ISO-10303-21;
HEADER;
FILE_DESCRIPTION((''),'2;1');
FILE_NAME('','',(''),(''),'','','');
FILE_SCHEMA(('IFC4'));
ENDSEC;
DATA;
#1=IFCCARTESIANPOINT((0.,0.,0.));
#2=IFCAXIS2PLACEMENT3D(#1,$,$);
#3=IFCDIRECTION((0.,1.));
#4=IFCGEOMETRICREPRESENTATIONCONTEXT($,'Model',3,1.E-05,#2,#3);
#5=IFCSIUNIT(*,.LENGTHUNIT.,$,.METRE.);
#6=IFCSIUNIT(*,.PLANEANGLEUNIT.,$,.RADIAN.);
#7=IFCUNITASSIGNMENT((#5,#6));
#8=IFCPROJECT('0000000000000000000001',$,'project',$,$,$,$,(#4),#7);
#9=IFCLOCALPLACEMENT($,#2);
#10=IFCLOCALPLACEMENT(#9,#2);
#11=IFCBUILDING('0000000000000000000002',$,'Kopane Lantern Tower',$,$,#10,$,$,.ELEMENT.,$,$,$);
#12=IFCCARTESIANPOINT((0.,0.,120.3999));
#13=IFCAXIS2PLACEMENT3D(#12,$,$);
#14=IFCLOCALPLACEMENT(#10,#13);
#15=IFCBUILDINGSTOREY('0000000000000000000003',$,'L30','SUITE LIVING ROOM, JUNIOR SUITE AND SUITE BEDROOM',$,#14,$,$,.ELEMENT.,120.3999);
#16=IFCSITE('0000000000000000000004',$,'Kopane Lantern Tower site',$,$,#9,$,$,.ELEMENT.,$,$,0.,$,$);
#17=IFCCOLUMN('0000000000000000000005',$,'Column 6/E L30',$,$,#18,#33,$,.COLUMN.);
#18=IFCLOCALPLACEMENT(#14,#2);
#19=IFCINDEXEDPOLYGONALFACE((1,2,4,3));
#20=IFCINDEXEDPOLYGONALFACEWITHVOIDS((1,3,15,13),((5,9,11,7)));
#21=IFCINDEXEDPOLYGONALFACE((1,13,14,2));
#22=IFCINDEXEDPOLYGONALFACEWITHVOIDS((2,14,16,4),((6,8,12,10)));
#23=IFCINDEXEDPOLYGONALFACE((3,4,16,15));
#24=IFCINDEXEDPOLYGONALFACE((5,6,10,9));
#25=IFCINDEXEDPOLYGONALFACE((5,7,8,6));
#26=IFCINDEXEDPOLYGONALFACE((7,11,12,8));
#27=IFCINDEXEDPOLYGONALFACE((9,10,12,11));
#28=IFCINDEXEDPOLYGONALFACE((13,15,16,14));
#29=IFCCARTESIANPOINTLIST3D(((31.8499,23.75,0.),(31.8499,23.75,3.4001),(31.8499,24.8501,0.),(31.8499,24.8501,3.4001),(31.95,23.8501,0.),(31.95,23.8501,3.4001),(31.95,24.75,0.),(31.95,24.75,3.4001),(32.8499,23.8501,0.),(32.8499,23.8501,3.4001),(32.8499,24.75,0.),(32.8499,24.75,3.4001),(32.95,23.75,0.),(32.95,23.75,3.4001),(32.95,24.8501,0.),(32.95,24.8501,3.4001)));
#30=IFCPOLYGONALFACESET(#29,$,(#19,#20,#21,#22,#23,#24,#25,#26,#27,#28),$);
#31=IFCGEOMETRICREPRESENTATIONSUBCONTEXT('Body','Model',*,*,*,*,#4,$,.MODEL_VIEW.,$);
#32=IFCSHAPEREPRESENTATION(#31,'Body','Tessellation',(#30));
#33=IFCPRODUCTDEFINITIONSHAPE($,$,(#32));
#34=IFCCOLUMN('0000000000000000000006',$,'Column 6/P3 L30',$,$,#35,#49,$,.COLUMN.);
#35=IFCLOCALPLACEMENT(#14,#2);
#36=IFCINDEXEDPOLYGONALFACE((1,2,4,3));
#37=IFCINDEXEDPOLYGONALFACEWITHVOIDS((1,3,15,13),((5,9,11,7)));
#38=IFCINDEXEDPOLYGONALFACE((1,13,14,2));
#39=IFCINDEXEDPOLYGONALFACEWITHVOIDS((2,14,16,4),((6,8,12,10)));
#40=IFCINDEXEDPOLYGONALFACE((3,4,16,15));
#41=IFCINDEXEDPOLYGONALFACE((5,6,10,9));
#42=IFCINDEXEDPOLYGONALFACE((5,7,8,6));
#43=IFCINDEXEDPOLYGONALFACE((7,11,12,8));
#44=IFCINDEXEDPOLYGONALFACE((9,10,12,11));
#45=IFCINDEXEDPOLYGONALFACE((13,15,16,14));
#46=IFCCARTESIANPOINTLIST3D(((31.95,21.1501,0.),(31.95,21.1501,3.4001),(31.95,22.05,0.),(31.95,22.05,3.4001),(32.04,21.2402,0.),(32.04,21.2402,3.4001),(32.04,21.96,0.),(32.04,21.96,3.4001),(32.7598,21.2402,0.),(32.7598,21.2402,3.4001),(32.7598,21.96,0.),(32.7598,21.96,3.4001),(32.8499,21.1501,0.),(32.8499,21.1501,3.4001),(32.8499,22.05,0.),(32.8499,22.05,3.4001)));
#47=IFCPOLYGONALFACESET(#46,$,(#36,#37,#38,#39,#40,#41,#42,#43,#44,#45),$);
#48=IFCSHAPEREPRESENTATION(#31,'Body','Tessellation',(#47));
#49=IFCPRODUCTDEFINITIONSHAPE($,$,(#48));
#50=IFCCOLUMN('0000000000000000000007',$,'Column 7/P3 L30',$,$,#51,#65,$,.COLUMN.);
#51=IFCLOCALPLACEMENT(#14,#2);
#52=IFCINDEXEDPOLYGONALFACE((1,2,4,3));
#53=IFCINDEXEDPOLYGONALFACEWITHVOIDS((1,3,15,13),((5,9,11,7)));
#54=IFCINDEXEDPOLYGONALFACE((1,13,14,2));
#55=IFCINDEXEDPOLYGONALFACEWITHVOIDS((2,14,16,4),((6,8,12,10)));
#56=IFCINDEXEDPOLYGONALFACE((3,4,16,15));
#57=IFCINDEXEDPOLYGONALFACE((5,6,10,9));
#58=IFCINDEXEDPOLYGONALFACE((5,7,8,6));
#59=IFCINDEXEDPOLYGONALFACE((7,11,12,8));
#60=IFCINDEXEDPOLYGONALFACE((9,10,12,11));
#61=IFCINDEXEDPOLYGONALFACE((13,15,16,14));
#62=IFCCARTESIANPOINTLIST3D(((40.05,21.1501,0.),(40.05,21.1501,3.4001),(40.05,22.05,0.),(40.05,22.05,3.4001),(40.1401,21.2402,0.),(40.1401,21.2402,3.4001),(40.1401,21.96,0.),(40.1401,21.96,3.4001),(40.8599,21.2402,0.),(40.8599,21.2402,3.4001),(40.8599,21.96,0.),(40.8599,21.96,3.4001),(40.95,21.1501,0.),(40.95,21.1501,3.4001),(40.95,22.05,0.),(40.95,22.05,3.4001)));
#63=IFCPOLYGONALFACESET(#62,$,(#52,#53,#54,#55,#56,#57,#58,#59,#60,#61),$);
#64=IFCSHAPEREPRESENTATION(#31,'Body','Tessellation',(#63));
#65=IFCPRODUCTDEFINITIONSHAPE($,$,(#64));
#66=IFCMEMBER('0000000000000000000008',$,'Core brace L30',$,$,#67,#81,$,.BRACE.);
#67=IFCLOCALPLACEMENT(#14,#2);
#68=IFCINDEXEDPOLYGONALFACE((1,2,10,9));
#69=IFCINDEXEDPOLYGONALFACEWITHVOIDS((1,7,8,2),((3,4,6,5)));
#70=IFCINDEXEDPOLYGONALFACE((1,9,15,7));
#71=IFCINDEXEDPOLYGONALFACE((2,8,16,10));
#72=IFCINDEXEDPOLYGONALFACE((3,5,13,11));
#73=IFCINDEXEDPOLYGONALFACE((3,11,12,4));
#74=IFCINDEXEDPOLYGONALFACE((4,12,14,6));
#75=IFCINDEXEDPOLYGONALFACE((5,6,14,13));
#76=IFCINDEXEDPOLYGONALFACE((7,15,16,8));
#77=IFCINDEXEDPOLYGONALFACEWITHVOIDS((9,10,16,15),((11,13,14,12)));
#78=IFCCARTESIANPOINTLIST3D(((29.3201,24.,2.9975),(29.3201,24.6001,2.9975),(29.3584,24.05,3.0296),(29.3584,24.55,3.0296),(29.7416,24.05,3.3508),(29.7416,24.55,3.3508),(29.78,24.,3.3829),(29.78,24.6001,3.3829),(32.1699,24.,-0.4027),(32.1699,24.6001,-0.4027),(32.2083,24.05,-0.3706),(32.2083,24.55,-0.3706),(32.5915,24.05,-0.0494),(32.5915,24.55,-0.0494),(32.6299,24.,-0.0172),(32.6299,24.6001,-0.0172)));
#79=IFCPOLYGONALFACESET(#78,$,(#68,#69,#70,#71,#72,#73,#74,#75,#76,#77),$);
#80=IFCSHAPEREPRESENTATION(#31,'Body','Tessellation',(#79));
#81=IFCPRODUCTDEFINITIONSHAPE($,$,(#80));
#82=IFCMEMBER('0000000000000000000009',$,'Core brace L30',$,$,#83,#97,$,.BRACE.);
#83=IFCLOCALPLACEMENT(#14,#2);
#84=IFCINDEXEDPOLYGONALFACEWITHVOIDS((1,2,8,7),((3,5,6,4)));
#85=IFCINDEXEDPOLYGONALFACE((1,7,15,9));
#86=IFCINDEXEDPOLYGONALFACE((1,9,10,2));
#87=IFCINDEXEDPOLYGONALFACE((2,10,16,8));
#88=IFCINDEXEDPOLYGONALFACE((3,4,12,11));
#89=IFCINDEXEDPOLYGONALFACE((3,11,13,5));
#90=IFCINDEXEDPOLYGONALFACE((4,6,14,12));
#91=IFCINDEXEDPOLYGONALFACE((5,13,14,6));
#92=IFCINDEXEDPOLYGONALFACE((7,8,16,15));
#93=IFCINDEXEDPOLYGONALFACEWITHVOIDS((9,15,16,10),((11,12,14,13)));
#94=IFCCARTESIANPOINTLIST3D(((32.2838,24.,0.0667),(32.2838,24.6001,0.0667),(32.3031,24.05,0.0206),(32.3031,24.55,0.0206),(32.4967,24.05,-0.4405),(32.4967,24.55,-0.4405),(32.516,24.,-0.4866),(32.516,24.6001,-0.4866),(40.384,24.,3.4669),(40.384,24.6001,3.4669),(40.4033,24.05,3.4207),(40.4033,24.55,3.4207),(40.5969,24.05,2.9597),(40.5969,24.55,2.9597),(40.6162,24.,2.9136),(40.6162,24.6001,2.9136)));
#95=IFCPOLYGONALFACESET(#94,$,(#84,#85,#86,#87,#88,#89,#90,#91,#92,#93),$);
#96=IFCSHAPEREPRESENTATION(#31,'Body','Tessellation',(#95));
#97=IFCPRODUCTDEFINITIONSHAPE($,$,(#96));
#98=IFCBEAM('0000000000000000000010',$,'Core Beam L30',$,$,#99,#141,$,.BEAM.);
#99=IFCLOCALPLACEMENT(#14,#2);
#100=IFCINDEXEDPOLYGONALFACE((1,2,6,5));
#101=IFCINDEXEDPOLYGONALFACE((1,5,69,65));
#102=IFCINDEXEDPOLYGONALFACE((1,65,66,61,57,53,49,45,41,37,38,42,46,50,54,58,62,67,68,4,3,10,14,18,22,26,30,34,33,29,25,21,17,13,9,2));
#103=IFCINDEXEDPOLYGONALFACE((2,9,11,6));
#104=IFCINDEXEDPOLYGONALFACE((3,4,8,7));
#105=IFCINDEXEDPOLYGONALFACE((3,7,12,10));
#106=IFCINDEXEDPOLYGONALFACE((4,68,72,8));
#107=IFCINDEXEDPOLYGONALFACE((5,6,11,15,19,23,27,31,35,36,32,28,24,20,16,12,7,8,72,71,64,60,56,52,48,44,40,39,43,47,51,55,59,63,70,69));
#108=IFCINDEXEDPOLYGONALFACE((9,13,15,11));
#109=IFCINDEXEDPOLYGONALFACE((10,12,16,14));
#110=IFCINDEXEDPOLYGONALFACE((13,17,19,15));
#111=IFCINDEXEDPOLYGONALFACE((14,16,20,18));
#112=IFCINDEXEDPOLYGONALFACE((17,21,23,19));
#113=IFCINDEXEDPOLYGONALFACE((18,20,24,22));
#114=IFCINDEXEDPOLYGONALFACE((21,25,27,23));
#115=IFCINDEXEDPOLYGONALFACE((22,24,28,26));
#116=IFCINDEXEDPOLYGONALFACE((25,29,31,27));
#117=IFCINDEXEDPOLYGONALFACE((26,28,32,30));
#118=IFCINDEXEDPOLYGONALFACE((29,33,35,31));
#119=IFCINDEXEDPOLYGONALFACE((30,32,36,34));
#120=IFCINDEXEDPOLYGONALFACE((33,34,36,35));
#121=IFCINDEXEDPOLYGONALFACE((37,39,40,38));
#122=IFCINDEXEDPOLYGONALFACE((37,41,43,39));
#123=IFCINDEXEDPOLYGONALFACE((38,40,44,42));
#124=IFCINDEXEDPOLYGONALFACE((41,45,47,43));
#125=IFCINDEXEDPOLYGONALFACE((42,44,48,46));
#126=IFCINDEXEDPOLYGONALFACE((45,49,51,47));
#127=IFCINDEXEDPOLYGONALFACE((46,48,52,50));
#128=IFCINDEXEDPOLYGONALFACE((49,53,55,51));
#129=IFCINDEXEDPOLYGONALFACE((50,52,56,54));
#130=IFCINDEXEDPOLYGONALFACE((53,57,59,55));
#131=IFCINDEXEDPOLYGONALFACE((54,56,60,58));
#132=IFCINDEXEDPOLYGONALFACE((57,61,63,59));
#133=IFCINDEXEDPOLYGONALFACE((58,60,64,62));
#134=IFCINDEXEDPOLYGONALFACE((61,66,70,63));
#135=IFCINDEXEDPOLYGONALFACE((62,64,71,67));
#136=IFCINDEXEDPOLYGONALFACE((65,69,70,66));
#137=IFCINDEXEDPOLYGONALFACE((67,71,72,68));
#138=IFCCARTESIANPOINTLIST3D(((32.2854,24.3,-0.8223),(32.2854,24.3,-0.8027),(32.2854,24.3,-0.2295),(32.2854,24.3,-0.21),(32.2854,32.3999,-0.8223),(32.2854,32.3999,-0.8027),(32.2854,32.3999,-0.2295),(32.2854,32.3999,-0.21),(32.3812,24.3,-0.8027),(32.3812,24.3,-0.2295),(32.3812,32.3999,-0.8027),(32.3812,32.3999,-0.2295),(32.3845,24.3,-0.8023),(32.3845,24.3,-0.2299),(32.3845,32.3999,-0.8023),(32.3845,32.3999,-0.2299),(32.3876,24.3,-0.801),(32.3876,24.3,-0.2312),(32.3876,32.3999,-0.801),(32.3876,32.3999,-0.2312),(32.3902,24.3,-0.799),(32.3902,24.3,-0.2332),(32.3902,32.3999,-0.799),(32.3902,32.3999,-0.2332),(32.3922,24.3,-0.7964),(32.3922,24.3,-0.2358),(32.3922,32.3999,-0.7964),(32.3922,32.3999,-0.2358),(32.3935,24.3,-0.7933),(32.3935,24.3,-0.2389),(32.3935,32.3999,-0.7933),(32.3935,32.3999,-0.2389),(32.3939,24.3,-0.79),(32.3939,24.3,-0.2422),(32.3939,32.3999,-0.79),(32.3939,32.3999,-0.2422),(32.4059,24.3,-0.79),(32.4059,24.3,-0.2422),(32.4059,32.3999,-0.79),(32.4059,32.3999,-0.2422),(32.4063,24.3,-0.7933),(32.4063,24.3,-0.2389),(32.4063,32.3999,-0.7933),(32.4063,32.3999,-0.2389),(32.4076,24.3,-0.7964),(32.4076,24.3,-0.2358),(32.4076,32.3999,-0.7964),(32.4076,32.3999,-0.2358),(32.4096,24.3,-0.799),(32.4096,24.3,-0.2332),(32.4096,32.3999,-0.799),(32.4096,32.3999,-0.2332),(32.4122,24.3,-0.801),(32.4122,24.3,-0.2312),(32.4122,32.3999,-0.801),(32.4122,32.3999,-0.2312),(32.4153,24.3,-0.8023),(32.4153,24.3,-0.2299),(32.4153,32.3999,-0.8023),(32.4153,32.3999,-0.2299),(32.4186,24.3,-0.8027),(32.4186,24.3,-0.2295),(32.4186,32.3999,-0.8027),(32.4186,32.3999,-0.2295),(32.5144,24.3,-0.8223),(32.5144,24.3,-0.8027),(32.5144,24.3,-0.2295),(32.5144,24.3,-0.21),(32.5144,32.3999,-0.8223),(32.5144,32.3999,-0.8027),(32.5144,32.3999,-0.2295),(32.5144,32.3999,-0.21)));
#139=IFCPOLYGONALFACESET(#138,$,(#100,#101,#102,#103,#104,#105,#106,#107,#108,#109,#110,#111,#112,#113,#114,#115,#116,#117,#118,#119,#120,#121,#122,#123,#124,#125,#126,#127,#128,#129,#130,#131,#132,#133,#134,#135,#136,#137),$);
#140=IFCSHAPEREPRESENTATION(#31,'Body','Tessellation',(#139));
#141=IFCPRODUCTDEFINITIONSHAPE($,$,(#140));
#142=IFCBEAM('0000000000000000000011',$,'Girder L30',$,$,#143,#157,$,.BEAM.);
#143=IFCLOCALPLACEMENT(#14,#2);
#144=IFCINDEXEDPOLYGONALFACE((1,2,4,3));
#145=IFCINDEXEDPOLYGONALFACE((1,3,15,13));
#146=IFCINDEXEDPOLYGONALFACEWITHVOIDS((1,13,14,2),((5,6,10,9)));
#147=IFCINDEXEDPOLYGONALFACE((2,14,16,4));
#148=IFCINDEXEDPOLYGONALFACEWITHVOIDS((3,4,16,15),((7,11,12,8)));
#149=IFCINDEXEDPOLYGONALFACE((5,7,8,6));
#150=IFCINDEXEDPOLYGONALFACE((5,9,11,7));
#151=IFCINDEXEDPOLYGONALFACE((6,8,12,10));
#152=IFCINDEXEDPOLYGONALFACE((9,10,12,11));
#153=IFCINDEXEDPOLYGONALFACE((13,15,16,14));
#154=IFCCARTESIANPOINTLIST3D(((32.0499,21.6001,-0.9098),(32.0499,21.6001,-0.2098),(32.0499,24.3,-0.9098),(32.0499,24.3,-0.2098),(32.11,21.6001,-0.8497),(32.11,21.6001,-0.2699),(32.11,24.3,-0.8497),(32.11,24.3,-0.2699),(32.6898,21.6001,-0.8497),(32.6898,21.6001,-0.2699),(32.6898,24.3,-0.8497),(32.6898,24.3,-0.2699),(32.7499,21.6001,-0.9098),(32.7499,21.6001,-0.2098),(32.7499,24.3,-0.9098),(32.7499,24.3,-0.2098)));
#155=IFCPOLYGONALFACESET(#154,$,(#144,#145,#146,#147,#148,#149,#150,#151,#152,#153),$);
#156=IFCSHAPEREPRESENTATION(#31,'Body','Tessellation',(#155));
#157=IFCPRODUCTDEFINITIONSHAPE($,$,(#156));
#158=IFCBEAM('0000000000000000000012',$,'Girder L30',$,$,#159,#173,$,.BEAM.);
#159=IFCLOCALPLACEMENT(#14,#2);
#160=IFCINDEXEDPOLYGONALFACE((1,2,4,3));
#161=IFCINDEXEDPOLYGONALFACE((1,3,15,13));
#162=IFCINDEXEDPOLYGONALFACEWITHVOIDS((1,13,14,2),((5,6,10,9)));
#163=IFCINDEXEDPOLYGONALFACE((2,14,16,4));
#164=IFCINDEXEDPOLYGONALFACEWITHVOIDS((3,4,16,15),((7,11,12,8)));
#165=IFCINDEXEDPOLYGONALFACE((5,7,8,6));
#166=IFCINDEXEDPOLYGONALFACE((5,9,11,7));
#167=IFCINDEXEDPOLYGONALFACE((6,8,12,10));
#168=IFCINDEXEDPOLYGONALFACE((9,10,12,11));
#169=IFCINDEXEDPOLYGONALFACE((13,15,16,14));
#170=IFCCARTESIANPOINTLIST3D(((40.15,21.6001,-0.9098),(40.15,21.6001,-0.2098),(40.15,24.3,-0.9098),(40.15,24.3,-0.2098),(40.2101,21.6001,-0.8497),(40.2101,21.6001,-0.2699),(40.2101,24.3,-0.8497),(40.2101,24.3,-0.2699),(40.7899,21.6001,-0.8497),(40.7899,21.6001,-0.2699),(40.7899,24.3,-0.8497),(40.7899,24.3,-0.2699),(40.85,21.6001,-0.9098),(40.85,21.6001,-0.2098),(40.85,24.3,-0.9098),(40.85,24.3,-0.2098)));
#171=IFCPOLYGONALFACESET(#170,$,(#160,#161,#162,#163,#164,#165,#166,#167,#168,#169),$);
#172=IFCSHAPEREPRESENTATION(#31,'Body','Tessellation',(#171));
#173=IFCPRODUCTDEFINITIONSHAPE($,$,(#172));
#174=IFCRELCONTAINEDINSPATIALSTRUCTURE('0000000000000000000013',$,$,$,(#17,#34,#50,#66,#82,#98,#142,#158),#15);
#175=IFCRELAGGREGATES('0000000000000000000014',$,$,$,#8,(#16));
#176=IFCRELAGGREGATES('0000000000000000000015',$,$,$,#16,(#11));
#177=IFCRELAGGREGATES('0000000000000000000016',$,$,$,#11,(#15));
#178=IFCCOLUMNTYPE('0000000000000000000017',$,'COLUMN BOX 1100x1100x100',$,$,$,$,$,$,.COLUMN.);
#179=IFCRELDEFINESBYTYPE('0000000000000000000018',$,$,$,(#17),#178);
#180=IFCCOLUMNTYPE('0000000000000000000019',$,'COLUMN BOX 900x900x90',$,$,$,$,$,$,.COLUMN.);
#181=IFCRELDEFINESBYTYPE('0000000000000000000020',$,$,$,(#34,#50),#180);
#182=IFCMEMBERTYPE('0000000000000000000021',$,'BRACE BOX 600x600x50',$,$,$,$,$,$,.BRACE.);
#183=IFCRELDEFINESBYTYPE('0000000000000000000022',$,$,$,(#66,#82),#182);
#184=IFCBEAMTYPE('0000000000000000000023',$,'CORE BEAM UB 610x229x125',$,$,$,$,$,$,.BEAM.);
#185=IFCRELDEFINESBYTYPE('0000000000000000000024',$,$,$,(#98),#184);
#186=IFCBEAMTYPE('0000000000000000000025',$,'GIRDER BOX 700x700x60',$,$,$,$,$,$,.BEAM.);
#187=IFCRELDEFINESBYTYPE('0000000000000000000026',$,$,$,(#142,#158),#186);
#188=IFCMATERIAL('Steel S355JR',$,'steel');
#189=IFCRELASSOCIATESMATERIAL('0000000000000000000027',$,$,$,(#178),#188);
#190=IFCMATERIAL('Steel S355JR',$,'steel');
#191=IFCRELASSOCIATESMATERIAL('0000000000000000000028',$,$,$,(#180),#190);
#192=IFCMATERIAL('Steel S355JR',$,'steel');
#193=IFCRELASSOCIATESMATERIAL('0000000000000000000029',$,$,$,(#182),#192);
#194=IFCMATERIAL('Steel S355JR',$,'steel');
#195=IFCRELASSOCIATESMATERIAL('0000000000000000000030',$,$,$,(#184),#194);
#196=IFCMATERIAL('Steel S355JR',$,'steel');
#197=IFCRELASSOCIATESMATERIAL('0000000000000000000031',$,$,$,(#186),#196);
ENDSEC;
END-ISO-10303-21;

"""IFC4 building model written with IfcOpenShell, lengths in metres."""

from ifc_helpers import new_model, si_unit, direction, frame, origin, origin_2d, place, context, subcontext, project, spatial, hollow_rectangle, i_section, extrude, material, material_profile, profile_set, type_object, element, save


model = new_model("IFC4")

# Units and contexts
model_context = context("Model", 3, precision=1e-05, world=origin(), true_north=direction((0.0, 1.0)))
body_context = subcontext(model_context, "Body", "Model", "MODEL_VIEW")
ifc_project = project(units=[si_unit("LENGTHUNIT", "METRE"), si_unit("PLANEANGLEUNIT", "RADIAN")], contexts=[model_context])

# Site, building, storey
site_placement = place(None, origin())
site = spatial("IfcSite", under=ifc_project, at=site_placement, Name="Kopane Lantern Tower site", CompositionType="ELEMENT", RefElevation=0.0)
building_placement = place(site_placement, origin())
building = spatial("IfcBuilding", under=site, at=building_placement, Name="Kopane Lantern Tower", CompositionType="ELEMENT")
storey_placement = place(building_placement, frame((0.0, 0.0, 120.3999)))
storey = spatial("IfcBuildingStorey", under=building, at=storey_placement, Name="L30", Description="SUITE LIVING ROOM, JUNIOR SUITE AND SUITE BEDROOM", CompositionType="ELEMENT", Elevation=120.3999)

# Columns
ifc_material_1 = material(Name="Steel S355JR", Category="steel")
ifc_material_profile_1 = material_profile(ifc_material_1, hollow_rectangle(XDim=1.1001, YDim=1.1001, WallThickness=0.1001, at=origin_2d()), Name="BOX 1100x1100x100")
ifc_profile_set_1 = profile_set([ifc_material_profile_1], Name="Steel S355JR")
column_type_1 = type_object("IfcColumnType", Name="COLUMN BOX 1100x1100x100", PredefinedType="COLUMN", material=ifc_profile_set_1)
column_placement = place(storey_placement, frame((32.3999, 24.3, 0.0), z_axis=(0.0, 0.0, 1.0), x_axis=(1.0, 0.0, 0.0)))
element("IfcColumn", 1, at=column_placement, inside=storey, type_object=column_type_1, Name="Column 6/E L30", PredefinedType="COLUMN", context=body_context, shape_type="SweptSolid", body=[
    extrude(hollow_rectangle(XDim=1.1001, YDim=1.1001, WallThickness=0.1001, at=origin_2d()), origin(), (0.0, 0.0, 1.0), 3.4001),
])
ifc_material_2 = material(Name="Steel S355JR", Category="steel")
ifc_material_profile_2 = material_profile(ifc_material_2, hollow_rectangle(XDim=0.8999, YDim=0.8999, WallThickness=0.0901, at=origin_2d()), Name="BOX 900x900x90")
ifc_profile_set_2 = profile_set([ifc_material_profile_2], Name="Steel S355JR")
column_type_2 = type_object("IfcColumnType", Name="COLUMN BOX 900x900x90", PredefinedType="COLUMN", material=ifc_profile_set_2)
for number, where, z_axis, x_axis, name in (
    (2, (32.3999, 21.6001, 0.0), (0.0, 0.0, 1.0), (1.0, 0.0, 0.0), "Column 6/P3 L30"),
    (3, (40.5, 21.6001, 0.0), (0.0, 0.0, 1.0), (1.0, 0.0, 0.0), "Column 7/P3 L30"),
):
    element("IfcColumn", number, at=place(storey_placement, frame(where, z_axis=z_axis, x_axis=x_axis)), inside=storey, type_object=column_type_2, Name=name, PredefinedType="COLUMN", context=body_context, shape_type="SweptSolid", body=[
        extrude(hollow_rectangle(XDim=0.8999, YDim=0.8999, WallThickness=0.0901, at=origin_2d()), origin(), (0.0, 0.0, 1.0), 3.4001),
    ])

# Members
ifc_material_3 = material(Name="Steel S355JR", Category="steel")
ifc_material_profile_3 = material_profile(ifc_material_3, hollow_rectangle(XDim=0.6001, YDim=0.6001, WallThickness=0.05, at=origin_2d()), Name="BOX 600x600x50")
ifc_profile_set_3 = profile_set([ifc_material_profile_3], Name="Steel S355JR")
member_type = type_object("IfcMemberType", Name="BRACE BOX 600x600x50", PredefinedType="BRACE", material=ifc_profile_set_3)
member_1_placement = place(storey_placement, frame((32.3999, 24.3, -0.21), z_axis=(-0.642363, 0.0, 0.7664), x_axis=(0.0, -1.0, 0.0)))
element("IfcMember", 4, at=member_1_placement, inside=storey, type_object=member_type, Name="Core brace L30", PredefinedType="BRACE", context=body_context, shape_type="SweptSolid", body=[
    extrude(hollow_rectangle(XDim=0.6001, YDim=0.6001, WallThickness=0.05, at=origin_2d()), origin(), (0.0, 0.0, 1.0), 4.4365),
])
member_2_placement = place(storey_placement, frame((32.3999, 24.3, -0.21), z_axis=(0.922059, 0.0, 0.387049), x_axis=(0.0, 1.0, 0.0)))
element("IfcMember", 5, at=member_2_placement, inside=storey, type_object=member_type, Name="Core brace L30", PredefinedType="BRACE", context=body_context, shape_type="SweptSolid", body=[
    extrude(hollow_rectangle(XDim=0.6001, YDim=0.6001, WallThickness=0.05, at=origin_2d()), origin(), (0.0, 0.0, 1.0), 8.7849),
])

# Beams
ifc_material_4 = material(Name="Steel S355JR", Category="steel")
ifc_material_profile_4 = material_profile(ifc_material_4, i_section(OverallWidth=0.229, OverallDepth=0.6123, WebThickness=0.012, FlangeThickness=0.0195, FilletRadius=0.0127, at=origin_2d()), Name="UB 610x229x125")
ifc_profile_set_4 = profile_set([ifc_material_profile_4], Name="Steel S355JR")
beam_type_1 = type_object("IfcBeamType", Name="CORE BEAM UB 610x229x125", PredefinedType="BEAM", material=ifc_profile_set_4)
beam_placement = place(storey_placement, frame((32.3999, 24.3, -0.5161), z_axis=(0.0, 1.0, 0.0), x_axis=(-1.0, 0.0, 0.0)))
element("IfcBeam", 6, at=beam_placement, inside=storey, type_object=beam_type_1, Name="Core Beam L30", PredefinedType="BEAM", context=body_context, shape_type="SweptSolid", body=[
    extrude(i_section(OverallWidth=0.229, OverallDepth=0.6123, WebThickness=0.012, FlangeThickness=0.0195, FilletRadius=0.0127, at=origin_2d()), origin(), (0.0, 0.0, 1.0), 8.0999),
])
ifc_material_5 = material(Name="Steel S355JR", Category="steel")
ifc_material_profile_5 = material_profile(ifc_material_5, hollow_rectangle(XDim=0.7, YDim=0.7, WallThickness=0.0601, at=origin_2d()), Name="BOX 700x700x60")
ifc_profile_set_5 = profile_set([ifc_material_profile_5], Name="Steel S355JR")
beam_type_2 = type_object("IfcBeamType", Name="GIRDER BOX 700x700x60", PredefinedType="BEAM", material=ifc_profile_set_5)
for number, where, z_axis, x_axis, name in (
    (7, (32.3999, 21.6001, -0.5598), (0.0, 1.0, 0.0), (-1.0, 0.0, 0.0), "Girder L30"),
    (8, (40.5, 21.6001, -0.5598), (0.0, 1.0, 0.0), (-1.0, 0.0, 0.0), "Girder L30"),
):
    element("IfcBeam", number, at=place(storey_placement, frame(where, z_axis=z_axis, x_axis=x_axis)), inside=storey, type_object=beam_type_2, Name=name, PredefinedType="BEAM", context=body_context, shape_type="SweptSolid", body=[
        extrude(hollow_rectangle(XDim=0.7, YDim=0.7, WallThickness=0.0601, at=origin_2d()), origin(), (0.0, 0.0, 1.0), 2.7),
    ])

save(model, "model.ifc")
